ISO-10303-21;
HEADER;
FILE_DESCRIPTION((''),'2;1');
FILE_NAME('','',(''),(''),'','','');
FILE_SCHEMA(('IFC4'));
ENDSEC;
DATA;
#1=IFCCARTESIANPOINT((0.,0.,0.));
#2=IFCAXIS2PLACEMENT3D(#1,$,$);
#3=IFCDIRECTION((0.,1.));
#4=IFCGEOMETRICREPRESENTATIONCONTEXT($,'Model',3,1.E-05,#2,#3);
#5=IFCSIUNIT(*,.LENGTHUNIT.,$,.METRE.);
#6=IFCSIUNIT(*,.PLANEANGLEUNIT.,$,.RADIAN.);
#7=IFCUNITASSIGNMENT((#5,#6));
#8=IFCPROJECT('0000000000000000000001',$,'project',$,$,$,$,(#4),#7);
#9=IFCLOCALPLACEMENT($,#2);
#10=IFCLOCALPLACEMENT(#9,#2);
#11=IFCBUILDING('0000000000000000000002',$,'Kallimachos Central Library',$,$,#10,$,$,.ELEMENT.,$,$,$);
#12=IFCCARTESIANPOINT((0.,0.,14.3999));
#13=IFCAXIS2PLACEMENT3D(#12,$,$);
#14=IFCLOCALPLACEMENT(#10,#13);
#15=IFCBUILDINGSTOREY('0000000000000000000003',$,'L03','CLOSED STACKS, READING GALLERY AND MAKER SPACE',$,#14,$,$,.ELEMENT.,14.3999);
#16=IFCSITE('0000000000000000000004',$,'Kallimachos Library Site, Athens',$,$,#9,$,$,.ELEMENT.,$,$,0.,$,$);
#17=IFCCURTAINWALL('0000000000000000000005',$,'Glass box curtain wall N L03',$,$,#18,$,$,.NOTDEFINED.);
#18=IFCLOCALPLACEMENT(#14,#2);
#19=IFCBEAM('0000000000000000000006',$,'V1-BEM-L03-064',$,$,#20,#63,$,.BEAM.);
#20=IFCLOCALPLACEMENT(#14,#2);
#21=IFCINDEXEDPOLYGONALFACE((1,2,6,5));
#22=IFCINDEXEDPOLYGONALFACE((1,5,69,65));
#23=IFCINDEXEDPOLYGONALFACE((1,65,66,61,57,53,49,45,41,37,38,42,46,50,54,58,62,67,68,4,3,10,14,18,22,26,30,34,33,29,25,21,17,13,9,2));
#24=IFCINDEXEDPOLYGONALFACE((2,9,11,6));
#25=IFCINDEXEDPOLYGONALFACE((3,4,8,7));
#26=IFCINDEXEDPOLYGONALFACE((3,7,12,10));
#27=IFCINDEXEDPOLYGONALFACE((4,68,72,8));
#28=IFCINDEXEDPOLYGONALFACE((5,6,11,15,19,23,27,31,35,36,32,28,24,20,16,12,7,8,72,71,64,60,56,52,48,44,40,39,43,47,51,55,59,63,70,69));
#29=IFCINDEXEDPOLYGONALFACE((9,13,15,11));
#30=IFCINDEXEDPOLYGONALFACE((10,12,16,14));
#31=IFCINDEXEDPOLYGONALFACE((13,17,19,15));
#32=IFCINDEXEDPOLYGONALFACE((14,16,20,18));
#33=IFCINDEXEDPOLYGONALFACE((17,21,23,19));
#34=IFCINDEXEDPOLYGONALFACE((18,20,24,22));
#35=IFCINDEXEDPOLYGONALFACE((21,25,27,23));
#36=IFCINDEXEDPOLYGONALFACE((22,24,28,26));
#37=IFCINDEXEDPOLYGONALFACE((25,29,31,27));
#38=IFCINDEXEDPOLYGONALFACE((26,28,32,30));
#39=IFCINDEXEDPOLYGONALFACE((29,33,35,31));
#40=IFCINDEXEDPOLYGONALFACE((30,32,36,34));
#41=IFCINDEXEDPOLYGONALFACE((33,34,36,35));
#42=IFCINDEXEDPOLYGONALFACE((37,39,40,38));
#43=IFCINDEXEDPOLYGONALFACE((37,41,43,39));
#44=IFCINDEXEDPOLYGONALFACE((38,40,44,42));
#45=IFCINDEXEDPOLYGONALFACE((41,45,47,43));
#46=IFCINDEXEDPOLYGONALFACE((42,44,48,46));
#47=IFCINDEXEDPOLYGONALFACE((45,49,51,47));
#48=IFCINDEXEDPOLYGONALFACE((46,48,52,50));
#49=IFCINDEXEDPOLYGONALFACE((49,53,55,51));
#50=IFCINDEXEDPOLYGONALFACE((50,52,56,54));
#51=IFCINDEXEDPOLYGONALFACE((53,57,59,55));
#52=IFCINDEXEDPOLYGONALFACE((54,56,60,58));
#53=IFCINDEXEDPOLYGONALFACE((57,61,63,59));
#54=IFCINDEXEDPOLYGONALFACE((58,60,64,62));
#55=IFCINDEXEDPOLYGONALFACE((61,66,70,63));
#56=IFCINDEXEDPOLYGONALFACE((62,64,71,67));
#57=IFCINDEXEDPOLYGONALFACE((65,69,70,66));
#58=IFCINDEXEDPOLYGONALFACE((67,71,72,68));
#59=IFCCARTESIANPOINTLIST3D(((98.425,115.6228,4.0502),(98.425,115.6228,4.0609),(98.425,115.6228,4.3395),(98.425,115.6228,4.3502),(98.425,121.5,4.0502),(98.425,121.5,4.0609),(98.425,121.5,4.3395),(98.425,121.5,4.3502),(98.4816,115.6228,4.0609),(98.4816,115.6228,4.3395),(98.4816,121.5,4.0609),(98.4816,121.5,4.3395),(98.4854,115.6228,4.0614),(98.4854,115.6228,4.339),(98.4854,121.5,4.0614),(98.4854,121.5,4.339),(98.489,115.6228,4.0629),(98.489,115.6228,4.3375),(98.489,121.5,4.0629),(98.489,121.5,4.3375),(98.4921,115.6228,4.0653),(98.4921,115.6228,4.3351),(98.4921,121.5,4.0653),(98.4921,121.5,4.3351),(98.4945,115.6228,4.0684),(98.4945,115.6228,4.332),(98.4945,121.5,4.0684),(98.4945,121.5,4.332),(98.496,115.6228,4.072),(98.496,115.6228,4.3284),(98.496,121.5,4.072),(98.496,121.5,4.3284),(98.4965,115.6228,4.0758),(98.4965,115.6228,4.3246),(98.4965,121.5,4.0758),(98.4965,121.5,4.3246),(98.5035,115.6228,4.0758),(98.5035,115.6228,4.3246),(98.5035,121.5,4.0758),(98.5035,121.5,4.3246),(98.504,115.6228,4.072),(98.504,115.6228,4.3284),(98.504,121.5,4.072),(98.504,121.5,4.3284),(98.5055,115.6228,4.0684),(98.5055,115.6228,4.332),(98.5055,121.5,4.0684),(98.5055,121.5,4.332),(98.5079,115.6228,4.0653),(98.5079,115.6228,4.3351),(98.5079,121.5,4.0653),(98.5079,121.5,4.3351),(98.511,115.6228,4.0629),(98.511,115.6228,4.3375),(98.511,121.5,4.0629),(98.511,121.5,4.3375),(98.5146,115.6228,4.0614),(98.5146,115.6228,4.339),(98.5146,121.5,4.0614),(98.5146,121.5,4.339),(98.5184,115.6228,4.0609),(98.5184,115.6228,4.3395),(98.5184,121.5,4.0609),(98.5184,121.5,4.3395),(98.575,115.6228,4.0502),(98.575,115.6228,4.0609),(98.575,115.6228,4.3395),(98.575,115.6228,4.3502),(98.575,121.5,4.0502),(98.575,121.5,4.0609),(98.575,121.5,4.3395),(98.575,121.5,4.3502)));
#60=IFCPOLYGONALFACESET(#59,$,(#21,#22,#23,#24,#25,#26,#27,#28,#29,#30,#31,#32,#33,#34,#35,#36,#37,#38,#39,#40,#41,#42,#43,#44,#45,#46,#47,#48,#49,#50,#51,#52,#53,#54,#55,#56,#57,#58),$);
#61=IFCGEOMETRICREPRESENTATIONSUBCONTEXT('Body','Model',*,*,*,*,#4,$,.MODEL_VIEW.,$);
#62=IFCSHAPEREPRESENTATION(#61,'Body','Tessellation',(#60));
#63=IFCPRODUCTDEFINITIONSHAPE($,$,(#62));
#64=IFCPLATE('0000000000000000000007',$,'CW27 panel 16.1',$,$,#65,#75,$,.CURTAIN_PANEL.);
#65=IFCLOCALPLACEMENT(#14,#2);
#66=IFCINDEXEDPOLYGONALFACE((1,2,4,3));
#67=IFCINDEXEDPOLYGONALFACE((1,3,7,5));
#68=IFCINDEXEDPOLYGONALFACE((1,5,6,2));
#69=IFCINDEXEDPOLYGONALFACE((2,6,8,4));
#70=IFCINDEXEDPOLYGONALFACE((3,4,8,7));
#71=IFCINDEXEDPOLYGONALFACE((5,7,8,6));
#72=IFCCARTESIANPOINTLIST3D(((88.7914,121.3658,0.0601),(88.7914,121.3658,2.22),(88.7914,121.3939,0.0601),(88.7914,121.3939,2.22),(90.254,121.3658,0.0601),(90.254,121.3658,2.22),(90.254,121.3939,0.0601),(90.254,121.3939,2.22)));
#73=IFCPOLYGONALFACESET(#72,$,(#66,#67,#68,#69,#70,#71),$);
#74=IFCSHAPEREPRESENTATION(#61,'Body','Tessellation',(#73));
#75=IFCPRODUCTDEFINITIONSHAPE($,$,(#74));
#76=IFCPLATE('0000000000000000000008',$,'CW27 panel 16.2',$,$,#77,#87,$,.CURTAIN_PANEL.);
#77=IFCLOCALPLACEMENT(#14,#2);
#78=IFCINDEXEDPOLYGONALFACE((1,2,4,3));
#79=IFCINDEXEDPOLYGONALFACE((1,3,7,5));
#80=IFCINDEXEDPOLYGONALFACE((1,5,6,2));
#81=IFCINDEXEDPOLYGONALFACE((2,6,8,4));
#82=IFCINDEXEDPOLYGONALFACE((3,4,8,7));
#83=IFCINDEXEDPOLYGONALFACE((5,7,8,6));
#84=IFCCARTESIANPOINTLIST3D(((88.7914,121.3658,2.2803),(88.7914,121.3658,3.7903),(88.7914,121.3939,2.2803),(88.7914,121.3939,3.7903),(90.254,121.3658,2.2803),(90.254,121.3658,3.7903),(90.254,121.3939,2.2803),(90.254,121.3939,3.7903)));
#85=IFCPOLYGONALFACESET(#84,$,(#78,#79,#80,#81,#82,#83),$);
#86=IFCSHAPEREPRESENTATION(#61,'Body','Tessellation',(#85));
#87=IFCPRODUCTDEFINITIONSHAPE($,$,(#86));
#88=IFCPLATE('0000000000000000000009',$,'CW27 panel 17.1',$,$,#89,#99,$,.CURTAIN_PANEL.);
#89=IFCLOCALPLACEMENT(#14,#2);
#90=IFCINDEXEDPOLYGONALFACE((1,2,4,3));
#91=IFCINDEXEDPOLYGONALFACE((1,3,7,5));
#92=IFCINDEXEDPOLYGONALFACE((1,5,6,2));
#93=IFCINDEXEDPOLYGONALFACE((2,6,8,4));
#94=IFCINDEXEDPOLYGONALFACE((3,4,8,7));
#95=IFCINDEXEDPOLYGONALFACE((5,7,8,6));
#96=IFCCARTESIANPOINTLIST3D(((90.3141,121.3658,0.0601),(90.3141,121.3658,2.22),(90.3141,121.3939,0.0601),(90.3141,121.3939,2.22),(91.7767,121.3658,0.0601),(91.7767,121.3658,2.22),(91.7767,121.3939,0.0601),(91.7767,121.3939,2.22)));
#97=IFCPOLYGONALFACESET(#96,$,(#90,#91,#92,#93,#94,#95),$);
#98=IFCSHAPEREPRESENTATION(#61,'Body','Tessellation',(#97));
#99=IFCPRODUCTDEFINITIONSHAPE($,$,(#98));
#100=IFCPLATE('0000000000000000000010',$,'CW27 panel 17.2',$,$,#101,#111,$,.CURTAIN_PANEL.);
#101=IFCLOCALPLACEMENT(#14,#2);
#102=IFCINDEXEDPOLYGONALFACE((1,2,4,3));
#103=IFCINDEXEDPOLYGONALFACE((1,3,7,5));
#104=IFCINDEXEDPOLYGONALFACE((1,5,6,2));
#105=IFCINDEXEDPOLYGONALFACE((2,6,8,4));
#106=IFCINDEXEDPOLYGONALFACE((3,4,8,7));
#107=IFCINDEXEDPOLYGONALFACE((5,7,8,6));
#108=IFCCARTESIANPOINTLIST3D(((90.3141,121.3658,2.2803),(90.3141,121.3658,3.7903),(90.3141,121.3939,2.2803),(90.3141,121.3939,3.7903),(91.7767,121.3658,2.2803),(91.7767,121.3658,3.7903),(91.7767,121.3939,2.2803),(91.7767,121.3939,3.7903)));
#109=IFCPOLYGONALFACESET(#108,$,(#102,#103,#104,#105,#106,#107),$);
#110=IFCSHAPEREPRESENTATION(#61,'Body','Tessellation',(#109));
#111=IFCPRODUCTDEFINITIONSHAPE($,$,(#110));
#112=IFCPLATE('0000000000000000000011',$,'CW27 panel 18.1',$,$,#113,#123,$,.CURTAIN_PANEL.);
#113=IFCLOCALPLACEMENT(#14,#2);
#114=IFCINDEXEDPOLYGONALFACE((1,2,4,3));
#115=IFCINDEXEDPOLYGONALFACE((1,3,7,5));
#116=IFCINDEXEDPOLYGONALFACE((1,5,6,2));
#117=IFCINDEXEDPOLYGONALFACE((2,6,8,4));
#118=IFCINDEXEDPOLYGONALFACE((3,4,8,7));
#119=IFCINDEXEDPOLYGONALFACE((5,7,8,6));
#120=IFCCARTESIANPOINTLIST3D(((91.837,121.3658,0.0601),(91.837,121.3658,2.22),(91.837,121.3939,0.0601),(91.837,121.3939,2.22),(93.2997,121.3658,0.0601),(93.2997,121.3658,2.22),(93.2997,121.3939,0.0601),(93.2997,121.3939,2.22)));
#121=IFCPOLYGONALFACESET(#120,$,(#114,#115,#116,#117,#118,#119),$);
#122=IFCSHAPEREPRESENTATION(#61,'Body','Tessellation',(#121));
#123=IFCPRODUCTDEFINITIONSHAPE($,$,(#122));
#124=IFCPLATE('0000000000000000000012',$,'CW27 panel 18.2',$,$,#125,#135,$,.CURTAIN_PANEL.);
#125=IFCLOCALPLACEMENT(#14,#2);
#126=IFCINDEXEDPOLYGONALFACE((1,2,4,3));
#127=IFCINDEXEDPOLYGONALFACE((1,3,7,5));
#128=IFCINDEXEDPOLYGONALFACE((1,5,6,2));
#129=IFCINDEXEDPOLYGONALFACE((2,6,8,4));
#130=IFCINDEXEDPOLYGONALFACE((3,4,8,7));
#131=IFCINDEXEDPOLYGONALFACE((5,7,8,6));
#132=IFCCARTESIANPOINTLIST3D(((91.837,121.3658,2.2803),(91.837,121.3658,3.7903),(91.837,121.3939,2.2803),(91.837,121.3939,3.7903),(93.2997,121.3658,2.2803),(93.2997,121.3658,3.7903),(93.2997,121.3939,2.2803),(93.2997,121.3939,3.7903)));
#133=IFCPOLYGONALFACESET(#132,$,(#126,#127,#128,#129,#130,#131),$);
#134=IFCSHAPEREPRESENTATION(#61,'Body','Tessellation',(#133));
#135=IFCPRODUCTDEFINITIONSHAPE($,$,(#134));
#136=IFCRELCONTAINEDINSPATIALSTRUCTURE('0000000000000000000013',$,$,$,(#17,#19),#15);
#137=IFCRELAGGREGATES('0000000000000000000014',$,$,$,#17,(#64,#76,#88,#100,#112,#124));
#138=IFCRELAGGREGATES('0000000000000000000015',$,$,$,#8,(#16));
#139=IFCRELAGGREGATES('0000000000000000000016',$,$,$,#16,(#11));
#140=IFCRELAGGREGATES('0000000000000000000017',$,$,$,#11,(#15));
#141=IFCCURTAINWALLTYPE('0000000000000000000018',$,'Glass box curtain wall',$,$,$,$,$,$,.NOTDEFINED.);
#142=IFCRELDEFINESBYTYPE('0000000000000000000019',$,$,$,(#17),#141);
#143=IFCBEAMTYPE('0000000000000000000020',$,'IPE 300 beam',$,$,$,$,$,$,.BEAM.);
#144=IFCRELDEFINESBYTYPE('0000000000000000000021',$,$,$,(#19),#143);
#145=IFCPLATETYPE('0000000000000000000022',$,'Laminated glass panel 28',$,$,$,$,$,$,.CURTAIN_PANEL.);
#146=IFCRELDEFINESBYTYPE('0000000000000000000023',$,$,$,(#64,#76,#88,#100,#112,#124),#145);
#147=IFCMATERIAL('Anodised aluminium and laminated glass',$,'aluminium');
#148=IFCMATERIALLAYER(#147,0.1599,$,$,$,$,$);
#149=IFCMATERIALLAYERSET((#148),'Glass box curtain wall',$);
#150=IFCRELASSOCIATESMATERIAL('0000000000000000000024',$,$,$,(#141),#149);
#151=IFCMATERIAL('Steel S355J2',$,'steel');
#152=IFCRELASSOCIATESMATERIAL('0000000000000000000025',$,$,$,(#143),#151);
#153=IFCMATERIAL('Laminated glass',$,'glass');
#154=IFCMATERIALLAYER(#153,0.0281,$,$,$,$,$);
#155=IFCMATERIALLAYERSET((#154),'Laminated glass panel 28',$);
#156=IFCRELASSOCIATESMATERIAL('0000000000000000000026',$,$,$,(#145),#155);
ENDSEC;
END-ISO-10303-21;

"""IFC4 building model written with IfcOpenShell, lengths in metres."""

from ifc_helpers import new_model, si_unit, direction, frame, origin, origin_2d, place, context, subcontext, project, spatial, rectangle, i_section, extrude, material, layer, layer_set, material_profile, profile_set, type_object, element, aggregate, save


model = new_model("IFC4")

# Units and contexts
model_context = context("Model", 3, precision=1e-05, world=origin(), true_north=direction((0.0, 1.0)))
body_context = subcontext(model_context, "Body", "Model", "MODEL_VIEW")
ifc_project = project(units=[si_unit("LENGTHUNIT", "METRE"), si_unit("PLANEANGLEUNIT", "RADIAN")], contexts=[model_context])

# Site, building, storey
site_placement = place(None, origin())
site = spatial("IfcSite", under=ifc_project, at=site_placement, Name="Kallimachos Library Site, Athens", CompositionType="ELEMENT", RefElevation=0.0)
building_placement = place(site_placement, origin())
building = spatial("IfcBuilding", under=site, at=building_placement, Name="Kallimachos Central Library", CompositionType="ELEMENT")
storey_placement = place(building_placement, frame((0.0, 0.0, 14.3999)))
storey = spatial("IfcBuildingStorey", under=building, at=storey_placement, Name="L03", Description="CLOSED STACKS, READING GALLERY AND MAKER SPACE", CompositionType="ELEMENT", Elevation=14.3999)

# Curtain wall
ifc_material_1 = material(Name="Anodised aluminium and laminated glass", Category="aluminium")
ifc_layer_1 = layer(ifc_material_1, 0.1599)
ifc_layer_set_1 = layer_set([ifc_layer_1], Name="Glass box curtain wall")
curtain_wall_type = type_object("IfcCurtainWallType", Name="Glass box curtain wall", PredefinedType="NOTDEFINED", material=ifc_layer_set_1)
curtain_wall_placement = place(storey_placement, origin())
curtain_wall = element("IfcCurtainWall", 1, at=curtain_wall_placement, inside=storey, type_object=curtain_wall_type, Name="Glass box curtain wall N L03", PredefinedType="NOTDEFINED")

# Beam
ifc_material_2 = material(Name="Steel S355J2", Category="steel")
ifc_material_profile_1 = material_profile(ifc_material_2, i_section(OverallWidth=0.1499, OverallDepth=0.3, WebThickness=0.0071, FlangeThickness=0.0107, FilletRadius=0.0149, at=origin_2d()), Name="IPE 300")
ifc_profile_set_1 = profile_set([ifc_material_profile_1], Name="Steel S355J2")
beam_type_1 = type_object("IfcBeamType", Name="IPE 300 beam", PredefinedType="BEAM", material=ifc_profile_set_1)
beam_1_placement = place(storey_placement, frame((98.5, 115.6228, 4.2002), z_axis=(0.0, 1.0, 0.0), x_axis=(-1.0, 0.0, 0.0)))
element("IfcBeam", 2, at=beam_1_placement, inside=storey, type_object=beam_type_1, Name="V1-BEM-L03-064", PredefinedType="BEAM", context=body_context, shape_type="SweptSolid", body=[
    extrude(i_section(OverallWidth=0.1499, OverallDepth=0.3, WebThickness=0.0071, FlangeThickness=0.0107, FilletRadius=0.0149, at=origin_2d()), origin(), (0.0, 0.0, 1.0), 5.8772),
])

# Plates
ifc_material_3 = material(Name="Laminated glass", Category="glass")
ifc_layer_2 = layer(ifc_material_3, 0.0281)
ifc_layer_set_2 = layer_set([ifc_layer_2], Name="Laminated glass panel 28")
plate_type = type_object("IfcPlateType", Name="Laminated glass panel 28", PredefinedType="CURTAIN_PANEL", material=ifc_layer_set_2)
plate_1_placement = place(storey_placement, frame((89.5227, 121.3799, 0.0601), z_axis=(0.0, 0.0, 1.0), x_axis=(1.0, 0.0, 0.0)))
plate_1 = element("IfcPlate", 3, at=plate_1_placement, type_object=plate_type, Name="CW27 panel 16.1", PredefinedType="CURTAIN_PANEL", context=body_context, shape_type="SweptSolid", body=[
    extrude(rectangle(XDim=1.4626, YDim=0.0281, at=origin_2d()), origin(), (0.0, 0.0, 1.0), 2.1599),
])
plate_2_placement = place(storey_placement, frame((89.5227, 121.3799, 2.2803), z_axis=(0.0, 0.0, 1.0), x_axis=(1.0, 0.0, 0.0)))
plate_2 = element("IfcPlate", 4, at=plate_2_placement, type_object=plate_type, Name="CW27 panel 16.2", PredefinedType="CURTAIN_PANEL", context=body_context, shape_type="SweptSolid", body=[
    extrude(rectangle(XDim=1.4626, YDim=0.0281, at=origin_2d()), origin(), (0.0, 0.0, 1.0), 1.51),
])
plate_3_placement = place(storey_placement, frame((91.0454, 121.3799, 0.0601), z_axis=(0.0, 0.0, 1.0), x_axis=(1.0, 0.0, 0.0)))
plate_3 = element("IfcPlate", 5, at=plate_3_placement, type_object=plate_type, Name="CW27 panel 17.1", PredefinedType="CURTAIN_PANEL", context=body_context, shape_type="SweptSolid", body=[
    extrude(rectangle(XDim=1.4626, YDim=0.0281, at=origin_2d()), origin(), (0.0, 0.0, 1.0), 2.1599),
])
plate_4_placement = place(storey_placement, frame((91.0454, 121.3799, 2.2803), z_axis=(0.0, 0.0, 1.0), x_axis=(1.0, 0.0, 0.0)))
plate_4 = element("IfcPlate", 6, at=plate_4_placement, type_object=plate_type, Name="CW27 panel 17.2", PredefinedType="CURTAIN_PANEL", context=body_context, shape_type="SweptSolid", body=[
    extrude(rectangle(XDim=1.4626, YDim=0.0281, at=origin_2d()), origin(), (0.0, 0.0, 1.0), 1.51),
])
plate_5_placement = place(storey_placement, frame((92.5684, 121.3799, 0.0601), z_axis=(0.0, 0.0, 1.0), x_axis=(1.0, 0.0, 0.0)))
plate_5 = element("IfcPlate", 7, at=plate_5_placement, type_object=plate_type, Name="CW27 panel 18.1", PredefinedType="CURTAIN_PANEL", context=body_context, shape_type="SweptSolid", body=[
    extrude(rectangle(XDim=1.4626, YDim=0.0281, at=origin_2d()), origin(), (0.0, 0.0, 1.0), 2.1599),
])
plate_6_placement = place(storey_placement, frame((92.5684, 121.3799, 2.2803), z_axis=(0.0, 0.0, 1.0), x_axis=(1.0, 0.0, 0.0)))
plate_6 = element("IfcPlate", 8, at=plate_6_placement, type_object=plate_type, Name="CW27 panel 18.2", PredefinedType="CURTAIN_PANEL", context=body_context, shape_type="SweptSolid", body=[
    extrude(rectangle(XDim=1.4626, YDim=0.0281, at=origin_2d()), origin(), (0.0, 0.0, 1.0), 1.51),
])
aggregate(curtain_wall, [plate_1, plate_2, plate_3, plate_4, plate_5, plate_6])

save(model, "model.ifc")
